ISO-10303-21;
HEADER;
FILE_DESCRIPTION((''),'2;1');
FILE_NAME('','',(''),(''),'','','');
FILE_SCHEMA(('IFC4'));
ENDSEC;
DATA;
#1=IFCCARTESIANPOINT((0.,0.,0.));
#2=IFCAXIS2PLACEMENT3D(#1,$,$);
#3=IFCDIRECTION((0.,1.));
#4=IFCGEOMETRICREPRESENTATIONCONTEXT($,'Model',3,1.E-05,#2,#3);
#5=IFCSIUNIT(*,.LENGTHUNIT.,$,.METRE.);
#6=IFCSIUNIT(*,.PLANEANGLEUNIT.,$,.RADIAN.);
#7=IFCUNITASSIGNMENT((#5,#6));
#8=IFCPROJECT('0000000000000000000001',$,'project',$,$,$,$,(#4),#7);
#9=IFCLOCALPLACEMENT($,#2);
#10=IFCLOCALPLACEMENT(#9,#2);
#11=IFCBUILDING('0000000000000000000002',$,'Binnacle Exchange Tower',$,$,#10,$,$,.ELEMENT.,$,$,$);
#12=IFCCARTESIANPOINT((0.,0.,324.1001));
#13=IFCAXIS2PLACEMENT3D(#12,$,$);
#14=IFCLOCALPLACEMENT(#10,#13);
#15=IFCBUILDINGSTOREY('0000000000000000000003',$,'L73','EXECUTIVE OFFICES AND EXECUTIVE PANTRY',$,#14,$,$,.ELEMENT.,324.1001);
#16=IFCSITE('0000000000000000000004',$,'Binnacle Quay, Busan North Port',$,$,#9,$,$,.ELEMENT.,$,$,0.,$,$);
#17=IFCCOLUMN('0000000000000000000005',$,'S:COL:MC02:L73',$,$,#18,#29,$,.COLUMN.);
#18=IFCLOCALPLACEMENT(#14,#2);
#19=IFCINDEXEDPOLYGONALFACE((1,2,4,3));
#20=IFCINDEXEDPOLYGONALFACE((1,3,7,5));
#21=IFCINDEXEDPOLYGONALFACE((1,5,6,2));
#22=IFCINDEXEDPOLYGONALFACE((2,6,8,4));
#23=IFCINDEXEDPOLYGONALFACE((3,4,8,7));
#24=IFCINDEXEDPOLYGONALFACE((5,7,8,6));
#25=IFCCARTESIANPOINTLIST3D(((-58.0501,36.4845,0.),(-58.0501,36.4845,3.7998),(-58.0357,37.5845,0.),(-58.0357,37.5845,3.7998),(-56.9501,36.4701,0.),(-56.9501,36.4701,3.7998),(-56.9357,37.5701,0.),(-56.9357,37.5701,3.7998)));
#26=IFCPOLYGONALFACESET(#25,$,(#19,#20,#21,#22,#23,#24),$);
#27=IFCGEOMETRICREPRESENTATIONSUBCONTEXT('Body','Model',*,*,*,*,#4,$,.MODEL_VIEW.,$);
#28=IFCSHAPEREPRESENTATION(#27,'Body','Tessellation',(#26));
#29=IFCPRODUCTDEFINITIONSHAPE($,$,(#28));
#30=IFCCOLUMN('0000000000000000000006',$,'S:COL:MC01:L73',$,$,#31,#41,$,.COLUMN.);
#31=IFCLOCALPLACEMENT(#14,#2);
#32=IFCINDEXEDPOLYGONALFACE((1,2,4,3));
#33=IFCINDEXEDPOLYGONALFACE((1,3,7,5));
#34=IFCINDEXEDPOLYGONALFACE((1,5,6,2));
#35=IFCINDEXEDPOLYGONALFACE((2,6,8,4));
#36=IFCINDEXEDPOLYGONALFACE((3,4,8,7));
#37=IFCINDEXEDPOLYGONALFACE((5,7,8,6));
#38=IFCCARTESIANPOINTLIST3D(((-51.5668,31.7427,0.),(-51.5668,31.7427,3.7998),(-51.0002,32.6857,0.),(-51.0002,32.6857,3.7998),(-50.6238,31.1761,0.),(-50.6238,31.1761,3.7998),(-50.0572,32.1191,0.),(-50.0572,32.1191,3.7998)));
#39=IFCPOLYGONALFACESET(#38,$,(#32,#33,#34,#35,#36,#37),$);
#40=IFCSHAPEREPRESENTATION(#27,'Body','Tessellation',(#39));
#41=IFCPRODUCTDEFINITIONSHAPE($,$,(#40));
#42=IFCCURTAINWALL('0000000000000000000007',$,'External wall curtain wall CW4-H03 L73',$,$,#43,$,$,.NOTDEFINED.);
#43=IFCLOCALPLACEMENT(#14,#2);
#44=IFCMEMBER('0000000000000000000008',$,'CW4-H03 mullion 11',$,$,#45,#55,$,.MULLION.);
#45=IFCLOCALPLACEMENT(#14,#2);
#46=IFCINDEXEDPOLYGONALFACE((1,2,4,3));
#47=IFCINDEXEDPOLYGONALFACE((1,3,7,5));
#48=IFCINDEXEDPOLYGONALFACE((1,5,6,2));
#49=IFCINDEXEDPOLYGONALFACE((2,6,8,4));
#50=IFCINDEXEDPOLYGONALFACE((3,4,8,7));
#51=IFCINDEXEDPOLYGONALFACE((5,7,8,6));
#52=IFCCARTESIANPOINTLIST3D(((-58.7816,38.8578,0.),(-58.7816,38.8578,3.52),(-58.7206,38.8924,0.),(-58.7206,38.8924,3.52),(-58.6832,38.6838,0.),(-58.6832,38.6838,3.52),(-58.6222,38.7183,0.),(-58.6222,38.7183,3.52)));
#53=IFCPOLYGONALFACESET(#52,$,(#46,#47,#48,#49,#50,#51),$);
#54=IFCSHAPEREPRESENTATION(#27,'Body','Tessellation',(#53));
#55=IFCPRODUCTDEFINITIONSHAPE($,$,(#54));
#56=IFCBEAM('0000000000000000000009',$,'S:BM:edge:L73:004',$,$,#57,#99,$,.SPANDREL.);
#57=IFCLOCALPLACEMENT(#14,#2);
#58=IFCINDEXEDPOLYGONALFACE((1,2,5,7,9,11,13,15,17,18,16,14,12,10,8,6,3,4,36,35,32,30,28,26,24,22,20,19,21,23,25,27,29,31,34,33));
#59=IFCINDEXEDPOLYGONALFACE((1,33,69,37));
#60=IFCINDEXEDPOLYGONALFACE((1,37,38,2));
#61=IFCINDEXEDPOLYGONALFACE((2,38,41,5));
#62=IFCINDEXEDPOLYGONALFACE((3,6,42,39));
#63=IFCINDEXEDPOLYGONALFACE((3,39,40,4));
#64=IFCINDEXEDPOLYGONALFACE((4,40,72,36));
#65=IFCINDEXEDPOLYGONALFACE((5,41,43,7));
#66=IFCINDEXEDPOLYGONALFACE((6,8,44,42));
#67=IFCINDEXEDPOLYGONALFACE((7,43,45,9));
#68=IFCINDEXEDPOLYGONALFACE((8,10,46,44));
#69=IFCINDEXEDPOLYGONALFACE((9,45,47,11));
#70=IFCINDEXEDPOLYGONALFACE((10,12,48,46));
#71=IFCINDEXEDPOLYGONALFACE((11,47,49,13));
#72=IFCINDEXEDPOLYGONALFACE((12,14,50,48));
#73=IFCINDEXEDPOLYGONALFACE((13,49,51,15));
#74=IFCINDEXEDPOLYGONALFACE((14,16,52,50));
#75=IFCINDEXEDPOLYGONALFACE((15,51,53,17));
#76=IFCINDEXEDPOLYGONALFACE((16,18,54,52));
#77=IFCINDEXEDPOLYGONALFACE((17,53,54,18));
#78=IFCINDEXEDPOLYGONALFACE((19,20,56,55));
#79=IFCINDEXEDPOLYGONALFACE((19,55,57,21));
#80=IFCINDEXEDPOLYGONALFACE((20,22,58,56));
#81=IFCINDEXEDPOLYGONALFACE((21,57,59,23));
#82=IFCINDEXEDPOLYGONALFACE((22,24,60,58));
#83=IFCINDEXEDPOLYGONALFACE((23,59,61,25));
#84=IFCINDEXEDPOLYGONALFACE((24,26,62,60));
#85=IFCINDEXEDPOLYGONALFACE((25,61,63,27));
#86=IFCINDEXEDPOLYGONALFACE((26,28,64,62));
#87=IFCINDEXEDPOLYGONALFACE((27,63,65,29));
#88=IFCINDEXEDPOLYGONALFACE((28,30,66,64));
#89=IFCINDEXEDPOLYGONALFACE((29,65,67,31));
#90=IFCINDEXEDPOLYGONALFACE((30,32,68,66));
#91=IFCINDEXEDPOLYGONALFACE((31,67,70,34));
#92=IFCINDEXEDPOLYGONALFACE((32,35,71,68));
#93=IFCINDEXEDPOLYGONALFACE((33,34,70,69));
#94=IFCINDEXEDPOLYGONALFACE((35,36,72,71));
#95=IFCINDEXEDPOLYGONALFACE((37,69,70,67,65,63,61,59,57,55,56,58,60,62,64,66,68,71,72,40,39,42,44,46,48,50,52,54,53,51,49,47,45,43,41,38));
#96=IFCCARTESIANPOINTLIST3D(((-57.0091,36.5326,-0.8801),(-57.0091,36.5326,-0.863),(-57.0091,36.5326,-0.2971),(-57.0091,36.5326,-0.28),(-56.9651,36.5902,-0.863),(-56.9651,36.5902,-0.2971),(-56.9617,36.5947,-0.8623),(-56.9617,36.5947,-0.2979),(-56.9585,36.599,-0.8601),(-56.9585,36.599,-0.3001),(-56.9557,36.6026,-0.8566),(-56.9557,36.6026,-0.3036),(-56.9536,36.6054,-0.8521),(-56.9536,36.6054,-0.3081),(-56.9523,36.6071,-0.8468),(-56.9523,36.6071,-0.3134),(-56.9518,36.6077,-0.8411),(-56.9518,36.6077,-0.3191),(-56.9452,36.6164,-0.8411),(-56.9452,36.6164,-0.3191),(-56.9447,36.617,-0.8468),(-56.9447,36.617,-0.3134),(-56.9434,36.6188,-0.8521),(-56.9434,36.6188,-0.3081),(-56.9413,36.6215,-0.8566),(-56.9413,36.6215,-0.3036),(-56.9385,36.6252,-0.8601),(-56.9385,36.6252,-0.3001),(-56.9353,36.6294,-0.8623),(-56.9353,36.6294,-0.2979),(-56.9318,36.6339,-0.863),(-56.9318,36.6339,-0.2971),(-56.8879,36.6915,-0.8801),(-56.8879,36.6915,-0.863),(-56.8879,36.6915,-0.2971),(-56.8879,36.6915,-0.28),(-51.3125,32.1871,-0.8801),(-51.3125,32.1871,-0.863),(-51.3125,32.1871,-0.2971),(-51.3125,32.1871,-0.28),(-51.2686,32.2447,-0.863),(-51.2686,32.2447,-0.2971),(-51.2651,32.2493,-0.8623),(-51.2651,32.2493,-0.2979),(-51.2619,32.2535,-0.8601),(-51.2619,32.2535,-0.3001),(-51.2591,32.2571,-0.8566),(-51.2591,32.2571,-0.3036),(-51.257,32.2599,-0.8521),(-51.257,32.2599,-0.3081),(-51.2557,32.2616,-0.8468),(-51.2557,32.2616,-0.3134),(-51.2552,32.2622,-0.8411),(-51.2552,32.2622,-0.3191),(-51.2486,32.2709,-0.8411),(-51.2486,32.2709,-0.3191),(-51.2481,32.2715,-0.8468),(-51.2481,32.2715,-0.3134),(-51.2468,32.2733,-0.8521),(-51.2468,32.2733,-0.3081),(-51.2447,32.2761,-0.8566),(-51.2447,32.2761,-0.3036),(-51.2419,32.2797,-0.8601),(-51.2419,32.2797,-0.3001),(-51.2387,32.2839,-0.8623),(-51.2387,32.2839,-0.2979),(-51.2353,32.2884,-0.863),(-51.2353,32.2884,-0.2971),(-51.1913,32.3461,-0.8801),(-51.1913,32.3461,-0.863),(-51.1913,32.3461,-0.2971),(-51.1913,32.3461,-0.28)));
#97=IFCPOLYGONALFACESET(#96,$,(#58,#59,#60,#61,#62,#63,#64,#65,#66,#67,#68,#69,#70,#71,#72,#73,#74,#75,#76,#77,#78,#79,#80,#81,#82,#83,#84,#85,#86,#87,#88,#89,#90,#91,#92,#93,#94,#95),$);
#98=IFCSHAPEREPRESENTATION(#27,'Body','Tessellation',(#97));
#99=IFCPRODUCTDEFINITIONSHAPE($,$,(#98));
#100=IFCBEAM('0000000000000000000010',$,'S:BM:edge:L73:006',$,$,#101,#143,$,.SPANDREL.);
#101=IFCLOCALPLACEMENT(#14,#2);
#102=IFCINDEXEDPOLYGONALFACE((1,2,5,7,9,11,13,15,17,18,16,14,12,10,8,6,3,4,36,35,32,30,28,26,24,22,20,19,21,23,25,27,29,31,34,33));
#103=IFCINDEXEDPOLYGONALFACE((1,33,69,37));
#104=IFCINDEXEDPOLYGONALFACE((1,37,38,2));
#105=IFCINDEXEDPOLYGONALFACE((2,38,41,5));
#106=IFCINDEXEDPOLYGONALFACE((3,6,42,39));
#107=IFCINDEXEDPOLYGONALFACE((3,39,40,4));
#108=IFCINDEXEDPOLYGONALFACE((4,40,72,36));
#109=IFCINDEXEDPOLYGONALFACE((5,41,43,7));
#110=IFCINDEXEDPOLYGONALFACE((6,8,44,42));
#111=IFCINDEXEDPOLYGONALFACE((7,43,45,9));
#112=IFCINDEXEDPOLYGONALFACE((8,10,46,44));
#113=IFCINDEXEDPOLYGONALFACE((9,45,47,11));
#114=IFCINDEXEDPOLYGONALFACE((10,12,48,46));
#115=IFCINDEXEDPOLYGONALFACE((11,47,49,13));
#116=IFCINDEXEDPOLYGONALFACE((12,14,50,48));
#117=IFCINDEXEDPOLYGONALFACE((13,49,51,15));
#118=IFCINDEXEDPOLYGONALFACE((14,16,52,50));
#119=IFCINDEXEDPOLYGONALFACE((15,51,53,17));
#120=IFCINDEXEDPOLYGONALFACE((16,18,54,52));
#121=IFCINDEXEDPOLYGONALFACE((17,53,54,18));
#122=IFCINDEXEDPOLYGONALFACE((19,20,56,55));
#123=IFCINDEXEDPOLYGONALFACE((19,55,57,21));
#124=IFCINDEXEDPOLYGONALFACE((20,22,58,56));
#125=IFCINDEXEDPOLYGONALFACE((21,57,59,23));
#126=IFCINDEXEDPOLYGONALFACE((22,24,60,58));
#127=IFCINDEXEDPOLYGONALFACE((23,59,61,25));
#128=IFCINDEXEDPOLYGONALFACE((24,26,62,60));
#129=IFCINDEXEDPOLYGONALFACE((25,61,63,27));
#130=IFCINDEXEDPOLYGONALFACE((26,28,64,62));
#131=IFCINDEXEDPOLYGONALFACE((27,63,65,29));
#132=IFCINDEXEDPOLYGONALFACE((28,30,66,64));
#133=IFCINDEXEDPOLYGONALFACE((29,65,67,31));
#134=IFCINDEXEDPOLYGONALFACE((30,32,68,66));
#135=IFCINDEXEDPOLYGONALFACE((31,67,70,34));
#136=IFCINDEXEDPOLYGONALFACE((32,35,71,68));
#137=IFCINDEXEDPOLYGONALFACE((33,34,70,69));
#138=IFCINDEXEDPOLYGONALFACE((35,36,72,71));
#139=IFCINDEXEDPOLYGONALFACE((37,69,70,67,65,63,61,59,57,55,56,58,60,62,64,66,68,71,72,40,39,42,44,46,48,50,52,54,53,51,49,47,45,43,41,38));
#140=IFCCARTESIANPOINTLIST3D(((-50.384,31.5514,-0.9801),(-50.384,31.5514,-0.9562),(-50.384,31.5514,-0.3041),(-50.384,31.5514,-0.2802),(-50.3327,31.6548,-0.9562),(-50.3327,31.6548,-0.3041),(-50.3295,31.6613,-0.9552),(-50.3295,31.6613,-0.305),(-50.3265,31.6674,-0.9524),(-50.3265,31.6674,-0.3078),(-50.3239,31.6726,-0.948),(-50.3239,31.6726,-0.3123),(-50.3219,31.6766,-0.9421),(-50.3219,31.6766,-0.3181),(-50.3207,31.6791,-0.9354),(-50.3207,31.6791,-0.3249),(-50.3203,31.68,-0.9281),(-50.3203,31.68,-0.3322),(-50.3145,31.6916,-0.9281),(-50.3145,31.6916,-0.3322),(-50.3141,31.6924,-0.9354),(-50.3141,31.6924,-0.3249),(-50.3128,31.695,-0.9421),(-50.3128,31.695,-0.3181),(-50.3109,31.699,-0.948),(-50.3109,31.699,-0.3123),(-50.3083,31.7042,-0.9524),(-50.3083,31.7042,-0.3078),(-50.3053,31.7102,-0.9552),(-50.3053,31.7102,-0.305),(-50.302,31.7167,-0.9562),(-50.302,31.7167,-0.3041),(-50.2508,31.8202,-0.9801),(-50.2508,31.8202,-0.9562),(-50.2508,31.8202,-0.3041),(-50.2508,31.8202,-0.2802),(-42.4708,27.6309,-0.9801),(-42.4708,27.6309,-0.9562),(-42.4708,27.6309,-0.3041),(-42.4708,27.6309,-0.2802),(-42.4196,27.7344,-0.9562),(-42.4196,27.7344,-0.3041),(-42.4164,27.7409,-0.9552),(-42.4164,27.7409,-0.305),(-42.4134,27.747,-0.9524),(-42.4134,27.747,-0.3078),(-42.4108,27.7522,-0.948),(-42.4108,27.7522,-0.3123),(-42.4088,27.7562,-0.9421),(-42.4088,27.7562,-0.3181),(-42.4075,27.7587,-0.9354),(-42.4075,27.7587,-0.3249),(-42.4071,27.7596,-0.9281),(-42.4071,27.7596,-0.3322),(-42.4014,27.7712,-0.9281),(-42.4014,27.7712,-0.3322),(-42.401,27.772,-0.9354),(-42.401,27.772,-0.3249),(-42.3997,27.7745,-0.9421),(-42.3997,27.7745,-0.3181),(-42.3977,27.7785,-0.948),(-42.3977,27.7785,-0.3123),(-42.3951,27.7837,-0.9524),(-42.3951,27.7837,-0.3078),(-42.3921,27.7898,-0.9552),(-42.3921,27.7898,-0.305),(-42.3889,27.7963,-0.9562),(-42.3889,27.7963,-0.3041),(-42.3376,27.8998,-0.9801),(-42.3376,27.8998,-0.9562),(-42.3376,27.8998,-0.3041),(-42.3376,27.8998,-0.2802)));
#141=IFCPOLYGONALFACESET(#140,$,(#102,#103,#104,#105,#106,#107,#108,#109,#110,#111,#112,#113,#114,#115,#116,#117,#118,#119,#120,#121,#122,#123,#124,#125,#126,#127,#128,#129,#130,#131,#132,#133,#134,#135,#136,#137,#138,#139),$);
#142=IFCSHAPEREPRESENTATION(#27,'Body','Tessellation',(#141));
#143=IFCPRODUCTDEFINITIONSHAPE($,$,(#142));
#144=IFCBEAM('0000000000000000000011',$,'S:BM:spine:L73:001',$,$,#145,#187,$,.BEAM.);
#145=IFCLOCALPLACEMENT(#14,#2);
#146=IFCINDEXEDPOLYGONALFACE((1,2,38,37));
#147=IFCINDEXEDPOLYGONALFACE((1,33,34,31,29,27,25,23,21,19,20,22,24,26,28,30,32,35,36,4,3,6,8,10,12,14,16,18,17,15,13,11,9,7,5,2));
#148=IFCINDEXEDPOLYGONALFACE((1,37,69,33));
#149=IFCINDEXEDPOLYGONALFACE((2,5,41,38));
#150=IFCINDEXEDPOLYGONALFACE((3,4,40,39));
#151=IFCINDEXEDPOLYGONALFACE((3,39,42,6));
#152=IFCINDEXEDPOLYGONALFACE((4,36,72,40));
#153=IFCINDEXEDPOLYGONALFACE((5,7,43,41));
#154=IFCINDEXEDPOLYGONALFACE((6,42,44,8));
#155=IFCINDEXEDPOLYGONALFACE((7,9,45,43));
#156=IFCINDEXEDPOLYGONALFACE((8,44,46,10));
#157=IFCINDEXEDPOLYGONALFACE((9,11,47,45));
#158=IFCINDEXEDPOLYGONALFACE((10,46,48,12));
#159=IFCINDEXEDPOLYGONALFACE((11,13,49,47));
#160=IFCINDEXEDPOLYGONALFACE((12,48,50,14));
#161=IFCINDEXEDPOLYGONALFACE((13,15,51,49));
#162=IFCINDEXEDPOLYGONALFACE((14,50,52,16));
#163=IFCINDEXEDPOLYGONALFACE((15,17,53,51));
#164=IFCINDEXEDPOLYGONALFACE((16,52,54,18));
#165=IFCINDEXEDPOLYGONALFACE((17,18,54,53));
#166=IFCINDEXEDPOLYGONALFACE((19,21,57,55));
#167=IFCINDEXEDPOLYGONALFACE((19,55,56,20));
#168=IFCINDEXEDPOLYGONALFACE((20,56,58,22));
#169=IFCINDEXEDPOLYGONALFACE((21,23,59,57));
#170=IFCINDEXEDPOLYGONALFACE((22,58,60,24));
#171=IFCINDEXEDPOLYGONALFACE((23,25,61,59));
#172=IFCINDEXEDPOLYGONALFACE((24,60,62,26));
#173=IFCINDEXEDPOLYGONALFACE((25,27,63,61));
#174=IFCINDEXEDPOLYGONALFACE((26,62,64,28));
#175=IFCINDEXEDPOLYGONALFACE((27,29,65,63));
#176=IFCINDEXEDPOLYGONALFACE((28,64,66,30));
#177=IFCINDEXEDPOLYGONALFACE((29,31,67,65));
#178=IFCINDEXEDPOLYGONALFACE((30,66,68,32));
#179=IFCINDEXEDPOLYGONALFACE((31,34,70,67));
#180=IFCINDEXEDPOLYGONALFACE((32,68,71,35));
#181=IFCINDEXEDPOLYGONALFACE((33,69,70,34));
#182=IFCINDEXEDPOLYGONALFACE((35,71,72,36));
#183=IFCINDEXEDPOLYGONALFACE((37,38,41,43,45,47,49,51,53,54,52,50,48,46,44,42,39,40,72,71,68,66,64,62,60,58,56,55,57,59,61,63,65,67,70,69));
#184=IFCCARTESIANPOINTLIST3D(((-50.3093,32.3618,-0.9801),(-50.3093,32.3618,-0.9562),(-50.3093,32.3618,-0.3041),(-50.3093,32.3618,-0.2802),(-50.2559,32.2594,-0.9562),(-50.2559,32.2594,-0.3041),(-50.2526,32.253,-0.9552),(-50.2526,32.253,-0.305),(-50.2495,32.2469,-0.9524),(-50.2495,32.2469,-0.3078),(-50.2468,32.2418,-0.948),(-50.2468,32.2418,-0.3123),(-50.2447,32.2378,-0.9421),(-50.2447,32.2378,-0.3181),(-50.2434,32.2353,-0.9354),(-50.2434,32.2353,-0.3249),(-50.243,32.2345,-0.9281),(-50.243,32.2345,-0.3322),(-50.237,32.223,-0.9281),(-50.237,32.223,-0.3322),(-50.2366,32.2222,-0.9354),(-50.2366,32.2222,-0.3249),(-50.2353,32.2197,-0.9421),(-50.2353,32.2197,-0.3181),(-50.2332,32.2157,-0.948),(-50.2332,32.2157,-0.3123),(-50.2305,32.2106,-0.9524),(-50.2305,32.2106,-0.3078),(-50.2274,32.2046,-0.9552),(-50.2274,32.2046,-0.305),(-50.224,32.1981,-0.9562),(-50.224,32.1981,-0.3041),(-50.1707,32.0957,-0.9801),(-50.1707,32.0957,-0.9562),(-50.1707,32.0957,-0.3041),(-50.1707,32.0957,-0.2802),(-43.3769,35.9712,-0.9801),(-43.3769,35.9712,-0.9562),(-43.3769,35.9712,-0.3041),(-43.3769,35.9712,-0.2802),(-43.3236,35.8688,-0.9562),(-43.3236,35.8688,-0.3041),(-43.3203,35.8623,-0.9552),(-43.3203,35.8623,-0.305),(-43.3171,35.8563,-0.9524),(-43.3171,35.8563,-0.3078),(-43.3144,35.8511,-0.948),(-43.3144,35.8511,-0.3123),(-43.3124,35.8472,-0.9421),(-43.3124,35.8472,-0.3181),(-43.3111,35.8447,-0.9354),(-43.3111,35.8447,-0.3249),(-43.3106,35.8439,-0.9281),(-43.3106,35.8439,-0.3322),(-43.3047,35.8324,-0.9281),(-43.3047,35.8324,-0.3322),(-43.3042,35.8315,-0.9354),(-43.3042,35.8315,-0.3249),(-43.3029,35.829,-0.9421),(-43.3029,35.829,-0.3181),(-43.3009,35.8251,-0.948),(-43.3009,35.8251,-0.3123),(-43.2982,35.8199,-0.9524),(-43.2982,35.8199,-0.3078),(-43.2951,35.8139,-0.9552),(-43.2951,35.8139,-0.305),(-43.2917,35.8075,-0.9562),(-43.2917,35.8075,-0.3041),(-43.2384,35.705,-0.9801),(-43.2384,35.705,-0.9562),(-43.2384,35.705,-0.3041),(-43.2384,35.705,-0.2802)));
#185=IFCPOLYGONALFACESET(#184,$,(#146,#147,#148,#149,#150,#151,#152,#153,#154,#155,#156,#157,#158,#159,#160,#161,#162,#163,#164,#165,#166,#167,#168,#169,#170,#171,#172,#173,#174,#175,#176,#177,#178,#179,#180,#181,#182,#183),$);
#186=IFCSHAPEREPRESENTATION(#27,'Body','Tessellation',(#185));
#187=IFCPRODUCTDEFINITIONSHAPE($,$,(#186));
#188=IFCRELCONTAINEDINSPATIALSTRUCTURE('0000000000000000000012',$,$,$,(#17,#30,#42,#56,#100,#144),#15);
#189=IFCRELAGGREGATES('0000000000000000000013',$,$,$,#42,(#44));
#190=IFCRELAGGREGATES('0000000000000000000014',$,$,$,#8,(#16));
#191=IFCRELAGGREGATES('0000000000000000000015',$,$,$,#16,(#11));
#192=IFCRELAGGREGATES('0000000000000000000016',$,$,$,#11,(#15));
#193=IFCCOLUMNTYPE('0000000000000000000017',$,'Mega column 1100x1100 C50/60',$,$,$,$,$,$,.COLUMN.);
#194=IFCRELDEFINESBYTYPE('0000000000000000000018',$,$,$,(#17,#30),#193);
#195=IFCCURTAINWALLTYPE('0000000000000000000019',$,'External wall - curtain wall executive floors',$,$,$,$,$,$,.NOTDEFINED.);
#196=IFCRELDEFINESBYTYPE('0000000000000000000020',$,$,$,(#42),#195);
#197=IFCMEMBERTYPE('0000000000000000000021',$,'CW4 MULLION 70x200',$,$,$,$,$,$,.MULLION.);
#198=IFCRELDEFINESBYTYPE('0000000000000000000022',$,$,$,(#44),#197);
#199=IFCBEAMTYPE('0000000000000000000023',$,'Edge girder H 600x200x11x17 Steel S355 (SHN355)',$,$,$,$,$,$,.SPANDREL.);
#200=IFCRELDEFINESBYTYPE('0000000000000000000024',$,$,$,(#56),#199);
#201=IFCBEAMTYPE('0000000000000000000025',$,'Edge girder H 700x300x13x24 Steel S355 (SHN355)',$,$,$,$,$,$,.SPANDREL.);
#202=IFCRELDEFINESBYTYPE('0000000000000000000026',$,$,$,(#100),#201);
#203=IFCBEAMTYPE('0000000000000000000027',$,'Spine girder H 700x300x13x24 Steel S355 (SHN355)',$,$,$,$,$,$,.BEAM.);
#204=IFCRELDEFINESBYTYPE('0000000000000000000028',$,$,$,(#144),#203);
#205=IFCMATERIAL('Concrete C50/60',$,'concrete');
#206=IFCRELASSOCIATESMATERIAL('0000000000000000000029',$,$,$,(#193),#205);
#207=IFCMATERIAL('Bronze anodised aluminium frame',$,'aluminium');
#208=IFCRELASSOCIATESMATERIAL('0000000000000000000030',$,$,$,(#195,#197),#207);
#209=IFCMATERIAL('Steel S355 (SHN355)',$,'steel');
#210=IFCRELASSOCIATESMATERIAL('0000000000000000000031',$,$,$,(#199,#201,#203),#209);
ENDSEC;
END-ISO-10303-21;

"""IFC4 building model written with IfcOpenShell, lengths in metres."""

from ifc_helpers import new_model, si_unit, direction, frame, origin, origin_2d, place, context, subcontext, project, spatial, rectangle, i_section, extrude, material, material_profile, profile_set, type_object, element, aggregate, save


model = new_model("IFC4")

# Units and contexts
model_context = context("Model", 3, precision=1e-05, world=origin(), true_north=direction((0.0, 1.0)))
body_context = subcontext(model_context, "Body", "Model", "MODEL_VIEW")
ifc_project = project(units=[si_unit("LENGTHUNIT", "METRE"), si_unit("PLANEANGLEUNIT", "RADIAN")], contexts=[model_context])

# Site, building, storey
site_placement = place(None, origin())
site = spatial("IfcSite", under=ifc_project, at=site_placement, Name="Binnacle Quay, Busan North Port", CompositionType="ELEMENT", RefElevation=0.0)
building_placement = place(site_placement, origin())
building = spatial("IfcBuilding", under=site, at=building_placement, Name="Binnacle Exchange Tower", CompositionType="ELEMENT")
storey_placement = place(building_placement, frame((0.0, 0.0, 324.1001)))
storey = spatial("IfcBuildingStorey", under=building, at=storey_placement, Name="L73", Description="EXECUTIVE OFFICES AND EXECUTIVE PANTRY", CompositionType="ELEMENT", Elevation=324.1001)

# Columns
ifc_material_1 = material(Name="Concrete C50/60", Category="concrete")
ifc_material_profile_1 = material_profile(ifc_material_1, rectangle(XDim=1.1001, YDim=1.1001, at=origin_2d()), Name="Mega column 1100x1100 C50/60")
ifc_profile_set_1 = profile_set([ifc_material_profile_1], Name="Concrete C50/60")
column_type = type_object("IfcColumnType", Name="Mega column 1100x1100 C50/60", PredefinedType="COLUMN", material=ifc_profile_set_1)
for number, where, z_axis, x_axis, name in (
    (1, (-57.4929, 37.0273, 0.0), (0.0, 0.0, 1.0), (-0.01309, -0.999914, 0.0), "S:COL:MC02:L73"),
    (2, (-50.812, 31.9309, 0.0), (0.0, 0.0, 1.0), (0.857167, -0.515038, 0.0), "S:COL:MC01:L73"),
):
    element("IfcColumn", number, at=place(storey_placement, frame(where, z_axis=z_axis, x_axis=x_axis)), inside=storey, type_object=column_type, Name=name, PredefinedType="COLUMN", context=body_context, shape_type="SweptSolid", body=[
        extrude(rectangle(XDim=1.1001, YDim=1.1001, at=origin_2d()), origin(), (0.0, 0.0, 1.0), 3.7998),
    ])

# Curtain wall, member
ifc_material_2 = material(Name="Bronze anodised aluminium frame", Category="aluminium")
curtain_wall_type = type_object("IfcCurtainWallType", Name="External wall - curtain wall executive floors", PredefinedType="NOTDEFINED", material=ifc_material_2)
curtain_wall_placement = place(storey_placement, origin())
curtain_wall = element("IfcCurtainWall", 3, at=curtain_wall_placement, inside=storey, type_object=curtain_wall_type, Name="External wall curtain wall CW4-H03 L73", PredefinedType="NOTDEFINED")
ifc_material_profile_2 = material_profile(ifc_material_2, rectangle(XDim=0.2, YDim=0.0701, at=origin_2d()), Name="AL 70x200")
ifc_profile_set_2 = profile_set([ifc_material_profile_2], Name="Bronze anodised aluminium frame")
member_type = type_object("IfcMemberType", Name="CW4 MULLION 70x200", PredefinedType="MULLION", material=ifc_profile_set_2)
member_placement = place(storey_placement, frame((-58.7019, 38.7881, 0.0), z_axis=(0.0, 0.0, 1.0), x_axis=(0.492424, -0.870356, 0.0)))
member = element("IfcMember", 4, at=member_placement, type_object=member_type, Name="CW4-H03 mullion 11", PredefinedType="MULLION", context=body_context, shape_type="SweptSolid", body=[
    extrude(rectangle(XDim=0.2, YDim=0.0701, at=origin_2d()), origin(), (0.0, 0.0, 1.0), 3.52),
])

# Beams
ifc_material_3 = material(Name="Steel S355 (SHN355)", Category="steel")
ifc_material_profile_3 = material_profile(ifc_material_3, i_section(OverallWidth=0.2, OverallDepth=0.6001, WebThickness=0.011, FlangeThickness=0.0171, FilletRadius=0.022, at=origin_2d()), Name="H 600x200x11x17")
ifc_profile_set_3 = profile_set([ifc_material_profile_3], Name="Steel S355 (SHN355)")
beam_type_1 = type_object("IfcBeamType", Name="Edge girder H 600x200x11x17 Steel S355 (SHN355)", PredefinedType="SPANDREL", material=ifc_profile_set_3)
beam_1_placement = place(storey_placement, frame((-56.9485, 36.6121, -0.5801), z_axis=(0.795079, -0.606506, 0.0), x_axis=(0.606506, 0.795079, 0.0)))
element("IfcBeam", 5, at=beam_1_placement, inside=storey, type_object=beam_type_1, Name="S:BM:edge:L73:004", PredefinedType="SPANDREL", context=body_context, shape_type="SweptSolid", body=[
    extrude(i_section(OverallWidth=0.2, OverallDepth=0.6001, WebThickness=0.011, FlangeThickness=0.0171, FilletRadius=0.022, at=origin_2d()), origin(), (0.0, 0.0, 1.0), 7.1648),
])
ifc_material_profile_4 = material_profile(ifc_material_3, i_section(OverallWidth=0.3, OverallDepth=0.7, WebThickness=0.0129, FlangeThickness=0.0239, FilletRadius=0.0281, at=origin_2d()), Name="H 700x300x13x24")
ifc_profile_set_4 = profile_set([ifc_material_profile_4], Name="Steel S355 (SHN355)")
beam_type_2 = type_object("IfcBeamType", Name="Edge girder H 700x300x13x24 Steel S355 (SHN355)", PredefinedType="SPANDREL", material=ifc_profile_set_4)
beam_2_placement = place(storey_placement, frame((-50.3174, 31.6858, -0.6301), z_axis=(0.896058, -0.443937, 0.0), x_axis=(0.443937, 0.896058, 0.0)))
element("IfcBeam", 6, at=beam_2_placement, inside=storey, type_object=beam_type_2, Name="S:BM:edge:L73:006", PredefinedType="SPANDREL", context=body_context, shape_type="SweptSolid", body=[
    extrude(i_section(OverallWidth=0.3, OverallDepth=0.7, WebThickness=0.0129, FlangeThickness=0.0239, FilletRadius=0.0281, at=origin_2d()), origin(), (0.0, 0.0, 1.0), 8.8311),
])
ifc_material_profile_5 = material_profile(ifc_material_3, i_section(OverallWidth=0.3, OverallDepth=0.7, WebThickness=0.0129, FlangeThickness=0.0239, FilletRadius=0.0281, at=origin_2d()), Name="H 700x300x13x24")
ifc_profile_set_5 = profile_set([ifc_material_profile_5], Name="Steel S355 (SHN355)")
beam_type_3 = type_object("IfcBeamType", Name="Spine girder H 700x300x13x24 Steel S355 (SHN355)", PredefinedType="BEAM", material=ifc_profile_set_5)
beam_3_placement = place(storey_placement, frame((-50.24, 32.2288, -0.6301), z_axis=(0.886979, 0.46181, 0.0), x_axis=(-0.46181, 0.886979, 0.0)))
element("IfcBeam", 7, at=beam_3_placement, inside=storey, type_object=beam_type_3, Name="S:BM:spine:L73:001", PredefinedType="BEAM", context=body_context, shape_type="SweptSolid", body=[
    extrude(i_section(OverallWidth=0.3, OverallDepth=0.7, WebThickness=0.0129, FlangeThickness=0.0239, FilletRadius=0.0281, at=origin_2d()), origin(), (0.0, 0.0, 1.0), 7.8157),
])

aggregate(curtain_wall, [member])

save(model, "model.ifc")
